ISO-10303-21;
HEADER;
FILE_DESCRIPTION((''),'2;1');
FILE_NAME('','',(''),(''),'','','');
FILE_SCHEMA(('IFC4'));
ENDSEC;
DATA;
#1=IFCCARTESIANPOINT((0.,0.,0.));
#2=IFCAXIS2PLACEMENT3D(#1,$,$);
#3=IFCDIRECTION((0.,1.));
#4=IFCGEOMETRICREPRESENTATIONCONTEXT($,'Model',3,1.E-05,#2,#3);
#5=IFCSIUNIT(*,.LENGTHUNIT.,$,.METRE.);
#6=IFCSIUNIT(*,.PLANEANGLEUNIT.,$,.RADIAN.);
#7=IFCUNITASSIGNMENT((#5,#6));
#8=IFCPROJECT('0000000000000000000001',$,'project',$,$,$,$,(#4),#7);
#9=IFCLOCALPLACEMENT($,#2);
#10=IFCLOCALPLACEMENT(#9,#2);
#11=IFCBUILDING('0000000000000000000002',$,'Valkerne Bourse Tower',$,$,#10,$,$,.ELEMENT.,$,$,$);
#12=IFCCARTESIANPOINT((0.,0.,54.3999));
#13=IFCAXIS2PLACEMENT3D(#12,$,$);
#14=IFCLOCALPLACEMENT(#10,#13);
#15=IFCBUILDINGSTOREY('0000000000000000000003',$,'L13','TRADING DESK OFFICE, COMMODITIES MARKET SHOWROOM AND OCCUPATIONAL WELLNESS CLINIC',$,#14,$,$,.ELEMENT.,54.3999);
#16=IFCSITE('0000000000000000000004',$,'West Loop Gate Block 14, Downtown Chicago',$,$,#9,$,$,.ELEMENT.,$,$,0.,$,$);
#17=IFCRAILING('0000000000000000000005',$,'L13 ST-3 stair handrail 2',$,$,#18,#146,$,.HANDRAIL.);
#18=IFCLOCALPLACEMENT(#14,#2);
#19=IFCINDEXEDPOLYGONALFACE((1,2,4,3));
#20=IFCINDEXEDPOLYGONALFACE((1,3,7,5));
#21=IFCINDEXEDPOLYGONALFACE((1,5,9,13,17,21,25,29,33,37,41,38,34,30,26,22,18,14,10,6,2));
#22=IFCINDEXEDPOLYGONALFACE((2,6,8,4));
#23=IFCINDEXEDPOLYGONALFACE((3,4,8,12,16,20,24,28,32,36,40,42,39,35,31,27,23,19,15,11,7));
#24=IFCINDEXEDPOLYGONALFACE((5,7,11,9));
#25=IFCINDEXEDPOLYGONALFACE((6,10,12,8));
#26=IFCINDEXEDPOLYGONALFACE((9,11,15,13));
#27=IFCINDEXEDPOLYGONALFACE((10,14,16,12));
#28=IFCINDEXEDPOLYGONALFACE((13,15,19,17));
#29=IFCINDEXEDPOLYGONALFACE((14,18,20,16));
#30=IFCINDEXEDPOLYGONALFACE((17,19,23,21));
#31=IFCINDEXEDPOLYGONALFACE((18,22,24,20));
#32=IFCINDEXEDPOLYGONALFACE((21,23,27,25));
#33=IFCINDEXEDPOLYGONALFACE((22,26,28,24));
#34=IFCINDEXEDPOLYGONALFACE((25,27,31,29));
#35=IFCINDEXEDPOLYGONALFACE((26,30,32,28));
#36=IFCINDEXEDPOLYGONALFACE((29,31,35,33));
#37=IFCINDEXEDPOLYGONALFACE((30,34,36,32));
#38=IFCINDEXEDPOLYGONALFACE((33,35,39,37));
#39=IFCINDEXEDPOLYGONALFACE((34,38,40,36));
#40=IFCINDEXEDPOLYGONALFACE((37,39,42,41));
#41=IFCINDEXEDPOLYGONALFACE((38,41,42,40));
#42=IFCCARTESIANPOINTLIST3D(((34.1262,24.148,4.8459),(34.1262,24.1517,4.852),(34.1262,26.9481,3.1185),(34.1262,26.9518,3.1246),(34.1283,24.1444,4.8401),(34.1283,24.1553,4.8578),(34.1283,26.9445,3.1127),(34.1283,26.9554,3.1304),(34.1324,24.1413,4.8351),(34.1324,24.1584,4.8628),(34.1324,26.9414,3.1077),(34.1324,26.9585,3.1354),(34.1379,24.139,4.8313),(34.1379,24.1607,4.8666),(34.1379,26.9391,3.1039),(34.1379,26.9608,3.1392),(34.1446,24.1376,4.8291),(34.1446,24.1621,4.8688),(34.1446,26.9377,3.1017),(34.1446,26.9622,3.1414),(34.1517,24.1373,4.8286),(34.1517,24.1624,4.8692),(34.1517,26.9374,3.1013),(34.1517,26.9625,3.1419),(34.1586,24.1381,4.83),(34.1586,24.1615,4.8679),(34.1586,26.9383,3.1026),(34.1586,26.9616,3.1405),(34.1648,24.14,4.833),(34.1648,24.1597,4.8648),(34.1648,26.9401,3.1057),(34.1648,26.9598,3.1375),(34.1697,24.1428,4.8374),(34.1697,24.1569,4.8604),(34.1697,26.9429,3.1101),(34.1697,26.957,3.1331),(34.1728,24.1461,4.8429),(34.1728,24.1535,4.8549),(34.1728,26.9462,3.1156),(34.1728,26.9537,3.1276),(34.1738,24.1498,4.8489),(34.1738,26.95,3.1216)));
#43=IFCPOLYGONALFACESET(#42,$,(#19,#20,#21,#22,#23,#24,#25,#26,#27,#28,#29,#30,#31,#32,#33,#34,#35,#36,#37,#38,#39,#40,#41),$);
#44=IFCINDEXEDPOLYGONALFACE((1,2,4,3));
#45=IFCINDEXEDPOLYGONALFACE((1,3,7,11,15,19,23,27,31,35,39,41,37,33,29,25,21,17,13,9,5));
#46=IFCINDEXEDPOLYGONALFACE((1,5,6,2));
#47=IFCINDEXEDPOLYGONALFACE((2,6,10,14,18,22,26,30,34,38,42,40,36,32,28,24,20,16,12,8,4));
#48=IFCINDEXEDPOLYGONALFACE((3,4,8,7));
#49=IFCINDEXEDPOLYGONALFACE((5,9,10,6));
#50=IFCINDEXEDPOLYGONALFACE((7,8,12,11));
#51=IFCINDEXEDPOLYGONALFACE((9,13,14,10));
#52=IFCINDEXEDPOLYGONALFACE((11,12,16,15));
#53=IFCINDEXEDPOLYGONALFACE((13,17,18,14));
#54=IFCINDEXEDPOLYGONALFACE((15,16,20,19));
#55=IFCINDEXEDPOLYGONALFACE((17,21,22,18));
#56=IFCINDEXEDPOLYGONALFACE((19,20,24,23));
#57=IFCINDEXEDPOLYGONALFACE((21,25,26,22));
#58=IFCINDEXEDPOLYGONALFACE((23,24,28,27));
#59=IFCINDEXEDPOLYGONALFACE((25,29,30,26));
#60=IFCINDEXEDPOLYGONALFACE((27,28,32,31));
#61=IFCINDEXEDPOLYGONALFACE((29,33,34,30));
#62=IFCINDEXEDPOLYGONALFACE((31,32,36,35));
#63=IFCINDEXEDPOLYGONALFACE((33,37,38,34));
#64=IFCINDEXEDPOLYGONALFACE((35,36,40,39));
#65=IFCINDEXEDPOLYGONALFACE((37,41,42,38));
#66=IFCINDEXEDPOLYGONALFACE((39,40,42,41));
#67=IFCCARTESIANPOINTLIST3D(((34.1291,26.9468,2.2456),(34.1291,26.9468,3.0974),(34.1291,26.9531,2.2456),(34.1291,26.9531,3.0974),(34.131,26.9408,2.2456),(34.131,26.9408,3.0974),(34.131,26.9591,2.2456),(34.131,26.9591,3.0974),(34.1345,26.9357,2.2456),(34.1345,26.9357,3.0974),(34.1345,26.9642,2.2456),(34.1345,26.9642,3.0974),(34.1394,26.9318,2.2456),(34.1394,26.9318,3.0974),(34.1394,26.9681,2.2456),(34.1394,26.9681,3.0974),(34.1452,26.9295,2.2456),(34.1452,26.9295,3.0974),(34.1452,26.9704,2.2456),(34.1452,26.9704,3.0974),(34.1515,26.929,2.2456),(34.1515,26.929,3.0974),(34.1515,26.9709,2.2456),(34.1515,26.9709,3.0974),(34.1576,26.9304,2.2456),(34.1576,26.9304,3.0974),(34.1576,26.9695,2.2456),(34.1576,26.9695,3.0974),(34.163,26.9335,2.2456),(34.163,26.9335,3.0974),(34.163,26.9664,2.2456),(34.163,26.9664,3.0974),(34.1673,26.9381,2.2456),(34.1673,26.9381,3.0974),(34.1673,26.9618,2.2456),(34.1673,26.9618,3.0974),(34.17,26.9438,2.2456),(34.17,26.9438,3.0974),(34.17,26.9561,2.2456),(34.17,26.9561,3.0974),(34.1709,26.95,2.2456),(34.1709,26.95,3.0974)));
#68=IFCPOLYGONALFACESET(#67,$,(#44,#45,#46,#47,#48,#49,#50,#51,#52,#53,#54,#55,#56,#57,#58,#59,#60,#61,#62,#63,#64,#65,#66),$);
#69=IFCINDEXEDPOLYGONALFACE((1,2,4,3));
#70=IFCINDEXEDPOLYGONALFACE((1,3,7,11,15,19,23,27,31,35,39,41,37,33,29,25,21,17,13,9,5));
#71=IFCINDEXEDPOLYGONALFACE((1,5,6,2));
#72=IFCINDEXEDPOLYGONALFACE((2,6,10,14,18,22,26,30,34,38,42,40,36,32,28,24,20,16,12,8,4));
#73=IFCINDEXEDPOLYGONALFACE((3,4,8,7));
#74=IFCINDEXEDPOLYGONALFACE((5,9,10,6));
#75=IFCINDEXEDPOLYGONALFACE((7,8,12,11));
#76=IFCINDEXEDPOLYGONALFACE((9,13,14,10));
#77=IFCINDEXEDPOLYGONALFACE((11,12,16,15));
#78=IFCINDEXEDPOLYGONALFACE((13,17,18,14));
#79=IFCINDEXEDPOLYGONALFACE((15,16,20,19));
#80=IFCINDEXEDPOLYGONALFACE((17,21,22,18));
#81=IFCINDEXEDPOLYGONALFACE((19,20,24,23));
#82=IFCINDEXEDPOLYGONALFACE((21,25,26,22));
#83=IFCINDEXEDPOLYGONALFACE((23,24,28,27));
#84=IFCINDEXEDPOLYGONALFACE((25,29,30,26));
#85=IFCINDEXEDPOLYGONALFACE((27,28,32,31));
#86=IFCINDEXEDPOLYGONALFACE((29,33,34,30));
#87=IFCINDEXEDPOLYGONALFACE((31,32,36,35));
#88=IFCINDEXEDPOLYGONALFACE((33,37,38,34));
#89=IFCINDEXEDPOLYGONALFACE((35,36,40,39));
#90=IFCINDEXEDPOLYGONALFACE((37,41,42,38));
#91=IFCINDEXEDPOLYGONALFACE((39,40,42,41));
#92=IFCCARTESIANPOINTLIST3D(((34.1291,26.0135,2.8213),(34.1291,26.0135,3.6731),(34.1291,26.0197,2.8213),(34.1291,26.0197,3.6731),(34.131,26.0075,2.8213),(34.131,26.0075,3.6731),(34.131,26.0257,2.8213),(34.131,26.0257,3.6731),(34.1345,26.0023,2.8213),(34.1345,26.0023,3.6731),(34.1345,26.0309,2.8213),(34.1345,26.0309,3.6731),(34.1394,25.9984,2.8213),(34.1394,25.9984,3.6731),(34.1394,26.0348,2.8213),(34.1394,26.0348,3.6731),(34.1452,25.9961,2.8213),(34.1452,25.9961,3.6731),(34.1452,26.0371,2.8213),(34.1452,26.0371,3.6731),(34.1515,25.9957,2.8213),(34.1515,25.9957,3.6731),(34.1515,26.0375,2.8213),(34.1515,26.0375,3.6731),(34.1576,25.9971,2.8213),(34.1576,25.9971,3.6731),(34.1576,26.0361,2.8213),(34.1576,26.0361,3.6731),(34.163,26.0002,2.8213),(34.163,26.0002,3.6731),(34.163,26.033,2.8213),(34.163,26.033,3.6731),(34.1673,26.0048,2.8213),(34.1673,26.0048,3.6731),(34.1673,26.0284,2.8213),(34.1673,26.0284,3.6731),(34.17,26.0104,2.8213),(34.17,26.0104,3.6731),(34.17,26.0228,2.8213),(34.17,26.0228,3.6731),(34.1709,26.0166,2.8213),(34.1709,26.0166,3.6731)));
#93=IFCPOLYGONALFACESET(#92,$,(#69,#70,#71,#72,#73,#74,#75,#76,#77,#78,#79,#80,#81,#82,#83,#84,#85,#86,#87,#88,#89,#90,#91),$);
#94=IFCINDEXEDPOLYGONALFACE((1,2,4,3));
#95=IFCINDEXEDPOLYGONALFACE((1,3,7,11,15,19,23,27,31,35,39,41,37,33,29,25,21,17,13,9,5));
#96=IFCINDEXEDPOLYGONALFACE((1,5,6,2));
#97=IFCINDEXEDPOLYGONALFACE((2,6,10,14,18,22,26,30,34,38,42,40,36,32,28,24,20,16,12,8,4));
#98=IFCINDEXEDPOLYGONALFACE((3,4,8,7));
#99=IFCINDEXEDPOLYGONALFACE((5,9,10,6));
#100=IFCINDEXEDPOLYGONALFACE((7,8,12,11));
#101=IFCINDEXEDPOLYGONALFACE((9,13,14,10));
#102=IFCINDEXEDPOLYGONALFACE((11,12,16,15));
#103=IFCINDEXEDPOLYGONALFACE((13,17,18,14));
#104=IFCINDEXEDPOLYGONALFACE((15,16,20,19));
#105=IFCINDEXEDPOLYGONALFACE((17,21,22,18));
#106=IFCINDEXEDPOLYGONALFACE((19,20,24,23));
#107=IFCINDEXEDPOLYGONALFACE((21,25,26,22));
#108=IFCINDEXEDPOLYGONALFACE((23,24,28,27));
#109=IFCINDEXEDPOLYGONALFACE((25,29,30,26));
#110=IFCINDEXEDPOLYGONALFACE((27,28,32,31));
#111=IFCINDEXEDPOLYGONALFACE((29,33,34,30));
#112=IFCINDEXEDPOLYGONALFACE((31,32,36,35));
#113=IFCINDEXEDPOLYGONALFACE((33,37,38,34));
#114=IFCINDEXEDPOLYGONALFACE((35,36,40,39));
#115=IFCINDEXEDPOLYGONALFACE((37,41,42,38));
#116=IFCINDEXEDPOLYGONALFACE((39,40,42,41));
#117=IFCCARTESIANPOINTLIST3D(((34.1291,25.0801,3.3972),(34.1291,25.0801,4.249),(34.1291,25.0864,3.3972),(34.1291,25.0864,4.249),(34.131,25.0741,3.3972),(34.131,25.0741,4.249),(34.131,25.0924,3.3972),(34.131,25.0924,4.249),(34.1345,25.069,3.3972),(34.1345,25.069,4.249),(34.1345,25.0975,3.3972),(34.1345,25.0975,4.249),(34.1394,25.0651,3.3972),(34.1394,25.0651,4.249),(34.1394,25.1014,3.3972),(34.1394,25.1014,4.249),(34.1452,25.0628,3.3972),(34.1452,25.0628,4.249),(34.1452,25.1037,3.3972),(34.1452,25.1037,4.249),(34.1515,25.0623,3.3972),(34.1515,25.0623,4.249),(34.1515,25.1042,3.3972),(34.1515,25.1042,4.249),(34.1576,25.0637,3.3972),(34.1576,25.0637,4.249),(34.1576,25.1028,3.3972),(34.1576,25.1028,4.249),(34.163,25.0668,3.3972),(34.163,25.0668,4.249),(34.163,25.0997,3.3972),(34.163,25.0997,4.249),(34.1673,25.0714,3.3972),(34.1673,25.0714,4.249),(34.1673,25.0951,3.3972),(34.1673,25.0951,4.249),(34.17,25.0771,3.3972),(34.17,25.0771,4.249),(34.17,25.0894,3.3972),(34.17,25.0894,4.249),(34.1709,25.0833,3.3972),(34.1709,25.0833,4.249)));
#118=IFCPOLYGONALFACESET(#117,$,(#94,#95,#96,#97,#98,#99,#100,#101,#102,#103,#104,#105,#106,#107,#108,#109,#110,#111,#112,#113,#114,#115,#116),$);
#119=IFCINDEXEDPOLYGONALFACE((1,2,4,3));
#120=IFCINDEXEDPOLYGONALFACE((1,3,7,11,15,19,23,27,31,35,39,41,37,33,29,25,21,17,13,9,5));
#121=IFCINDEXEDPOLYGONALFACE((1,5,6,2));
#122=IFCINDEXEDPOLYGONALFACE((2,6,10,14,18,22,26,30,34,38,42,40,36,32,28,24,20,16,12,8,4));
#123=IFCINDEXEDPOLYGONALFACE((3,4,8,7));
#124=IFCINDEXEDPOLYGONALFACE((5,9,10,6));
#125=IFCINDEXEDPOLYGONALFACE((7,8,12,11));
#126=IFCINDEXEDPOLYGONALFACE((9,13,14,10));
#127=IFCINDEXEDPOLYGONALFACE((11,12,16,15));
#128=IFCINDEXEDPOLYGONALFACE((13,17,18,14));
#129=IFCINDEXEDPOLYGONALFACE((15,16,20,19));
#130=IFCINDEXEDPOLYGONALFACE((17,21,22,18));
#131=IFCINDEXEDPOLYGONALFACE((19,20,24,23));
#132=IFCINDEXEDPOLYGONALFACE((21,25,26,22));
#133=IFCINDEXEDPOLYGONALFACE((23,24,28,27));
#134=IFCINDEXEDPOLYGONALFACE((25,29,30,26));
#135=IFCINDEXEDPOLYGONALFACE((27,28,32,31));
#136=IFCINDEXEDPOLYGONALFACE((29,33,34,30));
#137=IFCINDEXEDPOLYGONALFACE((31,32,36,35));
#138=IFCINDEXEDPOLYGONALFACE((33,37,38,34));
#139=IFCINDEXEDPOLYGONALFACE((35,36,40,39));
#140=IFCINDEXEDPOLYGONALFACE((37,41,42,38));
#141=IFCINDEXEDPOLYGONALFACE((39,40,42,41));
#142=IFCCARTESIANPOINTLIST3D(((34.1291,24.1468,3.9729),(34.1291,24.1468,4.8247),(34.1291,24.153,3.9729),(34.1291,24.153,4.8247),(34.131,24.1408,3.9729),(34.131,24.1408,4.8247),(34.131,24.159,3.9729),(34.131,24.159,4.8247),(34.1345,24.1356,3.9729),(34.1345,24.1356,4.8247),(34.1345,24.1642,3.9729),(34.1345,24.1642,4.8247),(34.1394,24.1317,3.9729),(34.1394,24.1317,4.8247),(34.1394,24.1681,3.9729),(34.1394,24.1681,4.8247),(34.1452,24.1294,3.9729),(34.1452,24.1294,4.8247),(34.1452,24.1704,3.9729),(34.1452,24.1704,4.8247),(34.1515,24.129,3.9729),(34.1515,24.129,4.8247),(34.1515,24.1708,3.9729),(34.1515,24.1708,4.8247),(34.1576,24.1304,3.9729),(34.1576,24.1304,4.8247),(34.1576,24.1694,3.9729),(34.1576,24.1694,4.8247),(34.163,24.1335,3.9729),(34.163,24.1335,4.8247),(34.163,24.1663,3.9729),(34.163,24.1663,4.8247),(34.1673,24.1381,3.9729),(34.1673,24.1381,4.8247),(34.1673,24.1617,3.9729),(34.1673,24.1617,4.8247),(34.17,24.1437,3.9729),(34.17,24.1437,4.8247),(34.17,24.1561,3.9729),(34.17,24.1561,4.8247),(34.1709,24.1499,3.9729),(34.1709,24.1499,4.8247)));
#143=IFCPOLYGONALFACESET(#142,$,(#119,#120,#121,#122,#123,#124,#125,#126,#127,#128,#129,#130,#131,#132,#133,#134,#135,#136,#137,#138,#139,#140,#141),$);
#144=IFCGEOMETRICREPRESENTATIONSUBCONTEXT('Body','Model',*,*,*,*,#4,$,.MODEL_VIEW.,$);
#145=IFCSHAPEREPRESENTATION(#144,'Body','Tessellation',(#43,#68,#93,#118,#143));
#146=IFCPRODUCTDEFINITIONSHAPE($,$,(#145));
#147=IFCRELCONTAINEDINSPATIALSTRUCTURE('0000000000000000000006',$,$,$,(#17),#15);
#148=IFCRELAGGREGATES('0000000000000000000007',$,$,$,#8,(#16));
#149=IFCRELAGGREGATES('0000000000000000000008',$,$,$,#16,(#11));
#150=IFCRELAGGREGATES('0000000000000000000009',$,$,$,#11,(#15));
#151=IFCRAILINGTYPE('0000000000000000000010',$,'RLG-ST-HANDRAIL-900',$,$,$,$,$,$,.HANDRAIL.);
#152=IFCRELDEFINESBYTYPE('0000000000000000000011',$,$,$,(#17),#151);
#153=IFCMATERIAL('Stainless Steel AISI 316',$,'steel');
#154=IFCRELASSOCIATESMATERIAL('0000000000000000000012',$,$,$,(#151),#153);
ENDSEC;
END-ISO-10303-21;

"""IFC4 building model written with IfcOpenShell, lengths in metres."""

from ifc_helpers import new_model, si_unit, direction, frame, origin, origin_2d, place, context, subcontext, project, spatial, circle, extrude, material, type_object, element, save


model = new_model("IFC4")

# Units and contexts
model_context = context("Model", 3, precision=1e-05, world=origin(), true_north=direction((0.0, 1.0)))
body_context = subcontext(model_context, "Body", "Model", "MODEL_VIEW")
ifc_project = project(units=[si_unit("LENGTHUNIT", "METRE"), si_unit("PLANEANGLEUNIT", "RADIAN")], contexts=[model_context])

# Site, building, storey
site_placement = place(None, origin())
site = spatial("IfcSite", under=ifc_project, at=site_placement, Name="West Loop Gate Block 14, Downtown Chicago", CompositionType="ELEMENT", RefElevation=0.0)
building_placement = place(site_placement, origin())
building = spatial("IfcBuilding", under=site, at=building_placement, Name="Valkerne Bourse Tower", CompositionType="ELEMENT")
storey_placement = place(building_placement, frame((0.0, 0.0, 54.3999)))
storey = spatial("IfcBuildingStorey", under=building, at=storey_placement, Name="L13", Description="TRADING DESK OFFICE, COMMODITIES MARKET SHOWROOM AND OCCUPATIONAL WELLNESS CLINIC", CompositionType="ELEMENT", Elevation=54.3999)

# Railing
ifc_material_1 = material(Name="Stainless Steel AISI 316", Category="steel")
railing_type_1 = type_object("IfcRailingType", Name="RLG-ST-HANDRAIL-900", PredefinedType="HANDRAIL", material=ifc_material_1)
railing_1_placement = place(storey_placement, frame((34.1499, 26.95, 2.2456)))
element("IfcRailing", 1, at=railing_1_placement, inside=storey, type_object=railing_type_1, Name="L13 ST-3 stair handrail 2", PredefinedType="HANDRAIL", context=body_context, shape_type="SweptSolid", body=[
    extrude(circle(Radius=0.0239, at=origin_2d()), frame((0.0, 0.0, 0.876), z_axis=(0.0, -0.85109, 0.52502), x_axis=(1.0, 0.0, 0.0)), (0.0, 0.0, 1.0), 3.29),
    extrude(circle(Radius=0.021, at=origin_2d()), origin(), (0.0, 0.0, 1.0), 0.8518),
    extrude(circle(Radius=0.021, at=origin_2d()), frame((0.0, -0.9333, 0.5757)), (0.0, 0.0, 1.0), 0.8518),
    extrude(circle(Radius=0.021, at=origin_2d()), frame((0.0, -1.8667, 1.1516)), (0.0, 0.0, 1.0), 0.8518),
    extrude(circle(Radius=0.021, at=origin_2d()), frame((0.0, -2.8, 1.7273)), (0.0, 0.0, 1.0), 0.8518),
])

save(model, "model.ifc")
